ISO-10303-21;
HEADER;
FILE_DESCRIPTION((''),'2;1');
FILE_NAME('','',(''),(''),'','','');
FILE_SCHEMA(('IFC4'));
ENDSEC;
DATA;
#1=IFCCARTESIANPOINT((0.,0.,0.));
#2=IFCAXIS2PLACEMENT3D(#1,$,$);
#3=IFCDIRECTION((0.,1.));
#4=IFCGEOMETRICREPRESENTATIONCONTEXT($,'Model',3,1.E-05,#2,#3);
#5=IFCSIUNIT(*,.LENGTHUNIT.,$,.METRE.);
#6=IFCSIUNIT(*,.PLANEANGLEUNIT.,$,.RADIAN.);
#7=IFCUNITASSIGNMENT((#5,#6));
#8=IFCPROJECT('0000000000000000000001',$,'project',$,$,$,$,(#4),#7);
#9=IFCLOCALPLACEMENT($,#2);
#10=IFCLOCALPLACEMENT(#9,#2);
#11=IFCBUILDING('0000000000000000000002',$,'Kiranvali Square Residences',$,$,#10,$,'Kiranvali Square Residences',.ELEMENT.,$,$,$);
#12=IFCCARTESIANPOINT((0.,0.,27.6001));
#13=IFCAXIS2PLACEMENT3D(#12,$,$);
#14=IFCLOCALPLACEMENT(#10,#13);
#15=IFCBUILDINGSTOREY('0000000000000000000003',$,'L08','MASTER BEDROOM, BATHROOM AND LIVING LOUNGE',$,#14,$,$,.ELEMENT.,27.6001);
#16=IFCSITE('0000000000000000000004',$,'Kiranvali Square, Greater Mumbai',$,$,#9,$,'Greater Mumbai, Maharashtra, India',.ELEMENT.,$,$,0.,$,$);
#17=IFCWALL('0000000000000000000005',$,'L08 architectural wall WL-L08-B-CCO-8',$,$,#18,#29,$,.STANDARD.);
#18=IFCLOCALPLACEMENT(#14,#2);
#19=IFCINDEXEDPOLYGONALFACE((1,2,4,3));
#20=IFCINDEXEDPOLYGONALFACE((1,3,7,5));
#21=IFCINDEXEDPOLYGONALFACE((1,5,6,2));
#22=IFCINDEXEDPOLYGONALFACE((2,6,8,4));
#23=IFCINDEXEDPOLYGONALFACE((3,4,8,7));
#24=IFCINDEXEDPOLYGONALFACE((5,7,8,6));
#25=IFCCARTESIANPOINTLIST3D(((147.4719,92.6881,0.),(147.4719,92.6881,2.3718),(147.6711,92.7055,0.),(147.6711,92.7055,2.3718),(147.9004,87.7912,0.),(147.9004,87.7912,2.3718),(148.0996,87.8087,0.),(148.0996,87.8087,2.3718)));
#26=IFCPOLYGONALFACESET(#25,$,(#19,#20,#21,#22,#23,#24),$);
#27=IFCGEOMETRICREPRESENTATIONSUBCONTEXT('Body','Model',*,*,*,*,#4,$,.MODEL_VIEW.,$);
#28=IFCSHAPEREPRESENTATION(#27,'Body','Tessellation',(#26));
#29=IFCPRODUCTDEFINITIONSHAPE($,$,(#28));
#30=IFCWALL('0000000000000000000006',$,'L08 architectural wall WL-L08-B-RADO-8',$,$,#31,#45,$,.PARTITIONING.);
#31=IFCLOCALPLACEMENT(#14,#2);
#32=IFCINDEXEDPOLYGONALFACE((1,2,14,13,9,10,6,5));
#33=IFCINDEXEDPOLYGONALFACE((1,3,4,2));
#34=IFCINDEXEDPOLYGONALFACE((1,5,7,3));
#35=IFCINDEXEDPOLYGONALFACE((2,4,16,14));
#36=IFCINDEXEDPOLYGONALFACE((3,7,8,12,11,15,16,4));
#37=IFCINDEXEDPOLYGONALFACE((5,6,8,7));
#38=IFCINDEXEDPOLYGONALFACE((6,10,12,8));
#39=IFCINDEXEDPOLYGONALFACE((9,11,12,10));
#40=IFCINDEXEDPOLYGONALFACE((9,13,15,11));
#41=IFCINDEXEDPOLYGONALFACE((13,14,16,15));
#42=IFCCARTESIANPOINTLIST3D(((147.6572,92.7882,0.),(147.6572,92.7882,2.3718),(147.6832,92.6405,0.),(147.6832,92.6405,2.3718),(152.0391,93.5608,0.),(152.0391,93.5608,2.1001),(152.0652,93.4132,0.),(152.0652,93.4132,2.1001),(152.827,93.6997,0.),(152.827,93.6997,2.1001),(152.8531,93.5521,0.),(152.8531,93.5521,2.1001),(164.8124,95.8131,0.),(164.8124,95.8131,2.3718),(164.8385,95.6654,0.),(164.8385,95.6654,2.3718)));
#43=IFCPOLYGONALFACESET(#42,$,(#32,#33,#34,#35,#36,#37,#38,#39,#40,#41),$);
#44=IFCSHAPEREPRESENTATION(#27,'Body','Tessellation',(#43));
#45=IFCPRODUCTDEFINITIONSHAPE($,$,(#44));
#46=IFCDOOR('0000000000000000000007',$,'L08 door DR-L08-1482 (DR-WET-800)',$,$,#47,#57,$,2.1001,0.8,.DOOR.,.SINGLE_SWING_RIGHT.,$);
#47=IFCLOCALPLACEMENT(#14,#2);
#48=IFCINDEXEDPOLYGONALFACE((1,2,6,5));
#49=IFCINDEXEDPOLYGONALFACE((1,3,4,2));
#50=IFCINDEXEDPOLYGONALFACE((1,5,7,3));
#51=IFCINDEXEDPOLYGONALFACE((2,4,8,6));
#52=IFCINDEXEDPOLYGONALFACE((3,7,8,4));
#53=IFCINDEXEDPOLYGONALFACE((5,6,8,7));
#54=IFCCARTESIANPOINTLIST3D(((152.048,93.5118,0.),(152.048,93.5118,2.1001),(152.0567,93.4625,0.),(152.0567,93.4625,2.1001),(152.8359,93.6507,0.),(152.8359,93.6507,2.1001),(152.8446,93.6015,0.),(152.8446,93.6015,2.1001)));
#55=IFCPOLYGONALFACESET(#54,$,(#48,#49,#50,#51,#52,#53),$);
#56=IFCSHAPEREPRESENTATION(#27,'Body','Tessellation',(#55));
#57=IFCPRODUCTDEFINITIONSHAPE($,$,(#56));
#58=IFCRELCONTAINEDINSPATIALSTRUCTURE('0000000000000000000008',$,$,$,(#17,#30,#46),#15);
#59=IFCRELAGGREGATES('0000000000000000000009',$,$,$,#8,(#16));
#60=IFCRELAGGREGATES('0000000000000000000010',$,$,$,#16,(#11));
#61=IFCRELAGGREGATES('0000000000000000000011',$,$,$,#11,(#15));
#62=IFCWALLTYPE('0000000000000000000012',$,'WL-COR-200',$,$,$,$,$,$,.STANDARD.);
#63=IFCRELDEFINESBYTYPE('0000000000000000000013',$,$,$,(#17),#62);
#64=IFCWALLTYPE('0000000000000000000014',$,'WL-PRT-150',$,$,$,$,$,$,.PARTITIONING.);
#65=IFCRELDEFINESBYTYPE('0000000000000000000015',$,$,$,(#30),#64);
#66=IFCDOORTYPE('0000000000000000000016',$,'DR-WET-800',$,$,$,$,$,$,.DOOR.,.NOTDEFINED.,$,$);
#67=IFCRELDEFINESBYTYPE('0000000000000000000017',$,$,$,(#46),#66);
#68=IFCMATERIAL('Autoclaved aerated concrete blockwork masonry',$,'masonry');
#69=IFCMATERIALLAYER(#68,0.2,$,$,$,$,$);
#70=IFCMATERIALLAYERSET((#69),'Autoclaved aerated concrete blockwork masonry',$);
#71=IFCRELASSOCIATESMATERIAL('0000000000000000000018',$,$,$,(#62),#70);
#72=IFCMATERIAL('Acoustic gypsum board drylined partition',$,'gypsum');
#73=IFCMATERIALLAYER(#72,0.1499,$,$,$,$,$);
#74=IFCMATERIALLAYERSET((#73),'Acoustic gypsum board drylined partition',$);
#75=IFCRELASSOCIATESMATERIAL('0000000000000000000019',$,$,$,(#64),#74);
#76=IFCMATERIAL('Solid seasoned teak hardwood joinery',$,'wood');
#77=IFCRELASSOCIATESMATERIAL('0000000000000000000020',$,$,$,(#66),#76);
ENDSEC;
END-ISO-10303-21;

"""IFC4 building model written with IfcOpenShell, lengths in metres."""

from ifc_helpers import new_model, si_unit, direction, frame, frame_2d, origin, place, context, subcontext, project, spatial, rectangle, extrude, material, layer, layer_set, type_object, element, fill, save


model = new_model("IFC4")

# Units and contexts
model_context = context("Model", 3, precision=1e-05, world=origin(), true_north=direction((0.0, 1.0)))
body_context = subcontext(model_context, "Body", "Model", "MODEL_VIEW")
ifc_project = project(units=[si_unit("LENGTHUNIT", "METRE"), si_unit("PLANEANGLEUNIT", "RADIAN")], contexts=[model_context])

# Site, building, storey
site_placement = place(None, origin())
site = spatial("IfcSite", under=ifc_project, at=site_placement, Name="Kiranvali Square, Greater Mumbai", LongName="Greater Mumbai, Maharashtra, India", CompositionType="ELEMENT", RefElevation=0.0)
building_placement = place(site_placement, origin())
building = spatial("IfcBuilding", under=site, at=building_placement, Name="Kiranvali Square Residences", LongName="Kiranvali Square Residences", CompositionType="ELEMENT")
storey_placement = place(building_placement, frame((0.0, 0.0, 27.6001)))
storey = spatial("IfcBuildingStorey", under=building, at=storey_placement, Name="L08", Description="MASTER BEDROOM, BATHROOM AND LIVING LOUNGE", CompositionType="ELEMENT", Elevation=27.6001)

# Wall
ifc_material_1 = material(Name="Autoclaved aerated concrete blockwork masonry", Category="masonry")
ifc_layer_1 = layer(ifc_material_1, 0.2)
ifc_layer_set_1 = layer_set([ifc_layer_1], Name="Autoclaved aerated concrete blockwork masonry")
wall_type_1 = type_object("IfcWallType", Name="WL-COR-200", PredefinedType="STANDARD", material=ifc_layer_set_1)
wall_1_placement = place(storey_placement, frame((147.5715, 92.6968, 0.0), z_axis=(0.0, 0.0, 1.0), x_axis=(0.087168, -0.996194, 0.0)))
element("IfcWall", 1, at=wall_1_placement, inside=storey, type_object=wall_type_1, Name="L08 architectural wall WL-L08-B-CCO-8", PredefinedType="STANDARD", context=body_context, shape_type="SweptSolid", body=[
    extrude(rectangle(XDim=4.9155, YDim=0.2, at=frame_2d((2.4578, 0.0))), origin(), (0.0, 0.0, 1.0), 2.3718),
])

# Wall, opening, door
ifc_material_2 = material(Name="Acoustic gypsum board drylined partition", Category="gypsum")
ifc_layer_2 = layer(ifc_material_2, 0.1499)
ifc_layer_set_2 = layer_set([ifc_layer_2], Name="Acoustic gypsum board drylined partition")
wall_type_2 = type_object("IfcWallType", Name="WL-PRT-150", PredefinedType="PARTITIONING", material=ifc_layer_set_2)
wall_2_placement = place(storey_placement, frame((147.6702, 92.7144, 0.0), z_axis=(0.0, 0.0, 1.0), x_axis=(0.984808, 0.173646, 0.0)))
wall_2 = element("IfcWall", 2, at=wall_2_placement, inside=storey, type_object=wall_type_2, Name="L08 architectural wall WL-L08-B-RADO-8", PredefinedType="PARTITIONING", context=body_context, shape_type="SweptSolid", body=[
    extrude(rectangle(XDim=17.4199, YDim=0.1499, at=frame_2d((8.71, 0.0))), origin(), (0.0, 0.0, 1.0), 2.3718),
])
opening_placement = place(wall_2_placement, frame((4.4497, 0.0, 0.0)))
opening = element("IfcOpeningElement", 3, at=opening_placement, cuts=wall_2, PredefinedType="OPENING", context=body_context, shape_type="SweptSolid", body=[
    extrude(rectangle(XDim=0.8, YDim=2.1001, at=frame_2d((0.3999, 1.05))), frame((0.0, 0.085, 0.0), z_axis=(0.0, -1.0, 0.0), x_axis=(1.0, 0.0, 0.0)), (0.0, 0.0, 1.0), 0.1699),
])
ifc_material_3 = material(Name="Solid seasoned teak hardwood joinery", Category="wood")
door_type = type_object("IfcDoorType", Name="DR-WET-800", OperationType="NOTDEFINED", PredefinedType="DOOR", material=ifc_material_3)
door_placement = place(opening_placement, frame((0.8, 0.0, 0.0), z_axis=(0.0, 0.0, 1.0), x_axis=(-1.0, 0.0, 0.0)))
door = element("IfcDoor", 4, at=door_placement, inside=storey, type_object=door_type, Name="L08 door DR-L08-1482 (DR-WET-800)", OperationType="SINGLE_SWING_RIGHT", OverallHeight=2.1001, OverallWidth=0.8, PredefinedType="DOOR", context=body_context, shape_type="SweptSolid", body=[
    extrude(rectangle(XDim=0.8, YDim=2.1001, at=frame_2d((0.3999, 1.05))), frame((0.0, 0.0249, 0.0), z_axis=(0.0, -1.0, 0.0), x_axis=(1.0, 0.0, 0.0)), (0.0, 0.0, 1.0), 0.05),
])
fill(opening, door)

save(model, "model.ifc")
